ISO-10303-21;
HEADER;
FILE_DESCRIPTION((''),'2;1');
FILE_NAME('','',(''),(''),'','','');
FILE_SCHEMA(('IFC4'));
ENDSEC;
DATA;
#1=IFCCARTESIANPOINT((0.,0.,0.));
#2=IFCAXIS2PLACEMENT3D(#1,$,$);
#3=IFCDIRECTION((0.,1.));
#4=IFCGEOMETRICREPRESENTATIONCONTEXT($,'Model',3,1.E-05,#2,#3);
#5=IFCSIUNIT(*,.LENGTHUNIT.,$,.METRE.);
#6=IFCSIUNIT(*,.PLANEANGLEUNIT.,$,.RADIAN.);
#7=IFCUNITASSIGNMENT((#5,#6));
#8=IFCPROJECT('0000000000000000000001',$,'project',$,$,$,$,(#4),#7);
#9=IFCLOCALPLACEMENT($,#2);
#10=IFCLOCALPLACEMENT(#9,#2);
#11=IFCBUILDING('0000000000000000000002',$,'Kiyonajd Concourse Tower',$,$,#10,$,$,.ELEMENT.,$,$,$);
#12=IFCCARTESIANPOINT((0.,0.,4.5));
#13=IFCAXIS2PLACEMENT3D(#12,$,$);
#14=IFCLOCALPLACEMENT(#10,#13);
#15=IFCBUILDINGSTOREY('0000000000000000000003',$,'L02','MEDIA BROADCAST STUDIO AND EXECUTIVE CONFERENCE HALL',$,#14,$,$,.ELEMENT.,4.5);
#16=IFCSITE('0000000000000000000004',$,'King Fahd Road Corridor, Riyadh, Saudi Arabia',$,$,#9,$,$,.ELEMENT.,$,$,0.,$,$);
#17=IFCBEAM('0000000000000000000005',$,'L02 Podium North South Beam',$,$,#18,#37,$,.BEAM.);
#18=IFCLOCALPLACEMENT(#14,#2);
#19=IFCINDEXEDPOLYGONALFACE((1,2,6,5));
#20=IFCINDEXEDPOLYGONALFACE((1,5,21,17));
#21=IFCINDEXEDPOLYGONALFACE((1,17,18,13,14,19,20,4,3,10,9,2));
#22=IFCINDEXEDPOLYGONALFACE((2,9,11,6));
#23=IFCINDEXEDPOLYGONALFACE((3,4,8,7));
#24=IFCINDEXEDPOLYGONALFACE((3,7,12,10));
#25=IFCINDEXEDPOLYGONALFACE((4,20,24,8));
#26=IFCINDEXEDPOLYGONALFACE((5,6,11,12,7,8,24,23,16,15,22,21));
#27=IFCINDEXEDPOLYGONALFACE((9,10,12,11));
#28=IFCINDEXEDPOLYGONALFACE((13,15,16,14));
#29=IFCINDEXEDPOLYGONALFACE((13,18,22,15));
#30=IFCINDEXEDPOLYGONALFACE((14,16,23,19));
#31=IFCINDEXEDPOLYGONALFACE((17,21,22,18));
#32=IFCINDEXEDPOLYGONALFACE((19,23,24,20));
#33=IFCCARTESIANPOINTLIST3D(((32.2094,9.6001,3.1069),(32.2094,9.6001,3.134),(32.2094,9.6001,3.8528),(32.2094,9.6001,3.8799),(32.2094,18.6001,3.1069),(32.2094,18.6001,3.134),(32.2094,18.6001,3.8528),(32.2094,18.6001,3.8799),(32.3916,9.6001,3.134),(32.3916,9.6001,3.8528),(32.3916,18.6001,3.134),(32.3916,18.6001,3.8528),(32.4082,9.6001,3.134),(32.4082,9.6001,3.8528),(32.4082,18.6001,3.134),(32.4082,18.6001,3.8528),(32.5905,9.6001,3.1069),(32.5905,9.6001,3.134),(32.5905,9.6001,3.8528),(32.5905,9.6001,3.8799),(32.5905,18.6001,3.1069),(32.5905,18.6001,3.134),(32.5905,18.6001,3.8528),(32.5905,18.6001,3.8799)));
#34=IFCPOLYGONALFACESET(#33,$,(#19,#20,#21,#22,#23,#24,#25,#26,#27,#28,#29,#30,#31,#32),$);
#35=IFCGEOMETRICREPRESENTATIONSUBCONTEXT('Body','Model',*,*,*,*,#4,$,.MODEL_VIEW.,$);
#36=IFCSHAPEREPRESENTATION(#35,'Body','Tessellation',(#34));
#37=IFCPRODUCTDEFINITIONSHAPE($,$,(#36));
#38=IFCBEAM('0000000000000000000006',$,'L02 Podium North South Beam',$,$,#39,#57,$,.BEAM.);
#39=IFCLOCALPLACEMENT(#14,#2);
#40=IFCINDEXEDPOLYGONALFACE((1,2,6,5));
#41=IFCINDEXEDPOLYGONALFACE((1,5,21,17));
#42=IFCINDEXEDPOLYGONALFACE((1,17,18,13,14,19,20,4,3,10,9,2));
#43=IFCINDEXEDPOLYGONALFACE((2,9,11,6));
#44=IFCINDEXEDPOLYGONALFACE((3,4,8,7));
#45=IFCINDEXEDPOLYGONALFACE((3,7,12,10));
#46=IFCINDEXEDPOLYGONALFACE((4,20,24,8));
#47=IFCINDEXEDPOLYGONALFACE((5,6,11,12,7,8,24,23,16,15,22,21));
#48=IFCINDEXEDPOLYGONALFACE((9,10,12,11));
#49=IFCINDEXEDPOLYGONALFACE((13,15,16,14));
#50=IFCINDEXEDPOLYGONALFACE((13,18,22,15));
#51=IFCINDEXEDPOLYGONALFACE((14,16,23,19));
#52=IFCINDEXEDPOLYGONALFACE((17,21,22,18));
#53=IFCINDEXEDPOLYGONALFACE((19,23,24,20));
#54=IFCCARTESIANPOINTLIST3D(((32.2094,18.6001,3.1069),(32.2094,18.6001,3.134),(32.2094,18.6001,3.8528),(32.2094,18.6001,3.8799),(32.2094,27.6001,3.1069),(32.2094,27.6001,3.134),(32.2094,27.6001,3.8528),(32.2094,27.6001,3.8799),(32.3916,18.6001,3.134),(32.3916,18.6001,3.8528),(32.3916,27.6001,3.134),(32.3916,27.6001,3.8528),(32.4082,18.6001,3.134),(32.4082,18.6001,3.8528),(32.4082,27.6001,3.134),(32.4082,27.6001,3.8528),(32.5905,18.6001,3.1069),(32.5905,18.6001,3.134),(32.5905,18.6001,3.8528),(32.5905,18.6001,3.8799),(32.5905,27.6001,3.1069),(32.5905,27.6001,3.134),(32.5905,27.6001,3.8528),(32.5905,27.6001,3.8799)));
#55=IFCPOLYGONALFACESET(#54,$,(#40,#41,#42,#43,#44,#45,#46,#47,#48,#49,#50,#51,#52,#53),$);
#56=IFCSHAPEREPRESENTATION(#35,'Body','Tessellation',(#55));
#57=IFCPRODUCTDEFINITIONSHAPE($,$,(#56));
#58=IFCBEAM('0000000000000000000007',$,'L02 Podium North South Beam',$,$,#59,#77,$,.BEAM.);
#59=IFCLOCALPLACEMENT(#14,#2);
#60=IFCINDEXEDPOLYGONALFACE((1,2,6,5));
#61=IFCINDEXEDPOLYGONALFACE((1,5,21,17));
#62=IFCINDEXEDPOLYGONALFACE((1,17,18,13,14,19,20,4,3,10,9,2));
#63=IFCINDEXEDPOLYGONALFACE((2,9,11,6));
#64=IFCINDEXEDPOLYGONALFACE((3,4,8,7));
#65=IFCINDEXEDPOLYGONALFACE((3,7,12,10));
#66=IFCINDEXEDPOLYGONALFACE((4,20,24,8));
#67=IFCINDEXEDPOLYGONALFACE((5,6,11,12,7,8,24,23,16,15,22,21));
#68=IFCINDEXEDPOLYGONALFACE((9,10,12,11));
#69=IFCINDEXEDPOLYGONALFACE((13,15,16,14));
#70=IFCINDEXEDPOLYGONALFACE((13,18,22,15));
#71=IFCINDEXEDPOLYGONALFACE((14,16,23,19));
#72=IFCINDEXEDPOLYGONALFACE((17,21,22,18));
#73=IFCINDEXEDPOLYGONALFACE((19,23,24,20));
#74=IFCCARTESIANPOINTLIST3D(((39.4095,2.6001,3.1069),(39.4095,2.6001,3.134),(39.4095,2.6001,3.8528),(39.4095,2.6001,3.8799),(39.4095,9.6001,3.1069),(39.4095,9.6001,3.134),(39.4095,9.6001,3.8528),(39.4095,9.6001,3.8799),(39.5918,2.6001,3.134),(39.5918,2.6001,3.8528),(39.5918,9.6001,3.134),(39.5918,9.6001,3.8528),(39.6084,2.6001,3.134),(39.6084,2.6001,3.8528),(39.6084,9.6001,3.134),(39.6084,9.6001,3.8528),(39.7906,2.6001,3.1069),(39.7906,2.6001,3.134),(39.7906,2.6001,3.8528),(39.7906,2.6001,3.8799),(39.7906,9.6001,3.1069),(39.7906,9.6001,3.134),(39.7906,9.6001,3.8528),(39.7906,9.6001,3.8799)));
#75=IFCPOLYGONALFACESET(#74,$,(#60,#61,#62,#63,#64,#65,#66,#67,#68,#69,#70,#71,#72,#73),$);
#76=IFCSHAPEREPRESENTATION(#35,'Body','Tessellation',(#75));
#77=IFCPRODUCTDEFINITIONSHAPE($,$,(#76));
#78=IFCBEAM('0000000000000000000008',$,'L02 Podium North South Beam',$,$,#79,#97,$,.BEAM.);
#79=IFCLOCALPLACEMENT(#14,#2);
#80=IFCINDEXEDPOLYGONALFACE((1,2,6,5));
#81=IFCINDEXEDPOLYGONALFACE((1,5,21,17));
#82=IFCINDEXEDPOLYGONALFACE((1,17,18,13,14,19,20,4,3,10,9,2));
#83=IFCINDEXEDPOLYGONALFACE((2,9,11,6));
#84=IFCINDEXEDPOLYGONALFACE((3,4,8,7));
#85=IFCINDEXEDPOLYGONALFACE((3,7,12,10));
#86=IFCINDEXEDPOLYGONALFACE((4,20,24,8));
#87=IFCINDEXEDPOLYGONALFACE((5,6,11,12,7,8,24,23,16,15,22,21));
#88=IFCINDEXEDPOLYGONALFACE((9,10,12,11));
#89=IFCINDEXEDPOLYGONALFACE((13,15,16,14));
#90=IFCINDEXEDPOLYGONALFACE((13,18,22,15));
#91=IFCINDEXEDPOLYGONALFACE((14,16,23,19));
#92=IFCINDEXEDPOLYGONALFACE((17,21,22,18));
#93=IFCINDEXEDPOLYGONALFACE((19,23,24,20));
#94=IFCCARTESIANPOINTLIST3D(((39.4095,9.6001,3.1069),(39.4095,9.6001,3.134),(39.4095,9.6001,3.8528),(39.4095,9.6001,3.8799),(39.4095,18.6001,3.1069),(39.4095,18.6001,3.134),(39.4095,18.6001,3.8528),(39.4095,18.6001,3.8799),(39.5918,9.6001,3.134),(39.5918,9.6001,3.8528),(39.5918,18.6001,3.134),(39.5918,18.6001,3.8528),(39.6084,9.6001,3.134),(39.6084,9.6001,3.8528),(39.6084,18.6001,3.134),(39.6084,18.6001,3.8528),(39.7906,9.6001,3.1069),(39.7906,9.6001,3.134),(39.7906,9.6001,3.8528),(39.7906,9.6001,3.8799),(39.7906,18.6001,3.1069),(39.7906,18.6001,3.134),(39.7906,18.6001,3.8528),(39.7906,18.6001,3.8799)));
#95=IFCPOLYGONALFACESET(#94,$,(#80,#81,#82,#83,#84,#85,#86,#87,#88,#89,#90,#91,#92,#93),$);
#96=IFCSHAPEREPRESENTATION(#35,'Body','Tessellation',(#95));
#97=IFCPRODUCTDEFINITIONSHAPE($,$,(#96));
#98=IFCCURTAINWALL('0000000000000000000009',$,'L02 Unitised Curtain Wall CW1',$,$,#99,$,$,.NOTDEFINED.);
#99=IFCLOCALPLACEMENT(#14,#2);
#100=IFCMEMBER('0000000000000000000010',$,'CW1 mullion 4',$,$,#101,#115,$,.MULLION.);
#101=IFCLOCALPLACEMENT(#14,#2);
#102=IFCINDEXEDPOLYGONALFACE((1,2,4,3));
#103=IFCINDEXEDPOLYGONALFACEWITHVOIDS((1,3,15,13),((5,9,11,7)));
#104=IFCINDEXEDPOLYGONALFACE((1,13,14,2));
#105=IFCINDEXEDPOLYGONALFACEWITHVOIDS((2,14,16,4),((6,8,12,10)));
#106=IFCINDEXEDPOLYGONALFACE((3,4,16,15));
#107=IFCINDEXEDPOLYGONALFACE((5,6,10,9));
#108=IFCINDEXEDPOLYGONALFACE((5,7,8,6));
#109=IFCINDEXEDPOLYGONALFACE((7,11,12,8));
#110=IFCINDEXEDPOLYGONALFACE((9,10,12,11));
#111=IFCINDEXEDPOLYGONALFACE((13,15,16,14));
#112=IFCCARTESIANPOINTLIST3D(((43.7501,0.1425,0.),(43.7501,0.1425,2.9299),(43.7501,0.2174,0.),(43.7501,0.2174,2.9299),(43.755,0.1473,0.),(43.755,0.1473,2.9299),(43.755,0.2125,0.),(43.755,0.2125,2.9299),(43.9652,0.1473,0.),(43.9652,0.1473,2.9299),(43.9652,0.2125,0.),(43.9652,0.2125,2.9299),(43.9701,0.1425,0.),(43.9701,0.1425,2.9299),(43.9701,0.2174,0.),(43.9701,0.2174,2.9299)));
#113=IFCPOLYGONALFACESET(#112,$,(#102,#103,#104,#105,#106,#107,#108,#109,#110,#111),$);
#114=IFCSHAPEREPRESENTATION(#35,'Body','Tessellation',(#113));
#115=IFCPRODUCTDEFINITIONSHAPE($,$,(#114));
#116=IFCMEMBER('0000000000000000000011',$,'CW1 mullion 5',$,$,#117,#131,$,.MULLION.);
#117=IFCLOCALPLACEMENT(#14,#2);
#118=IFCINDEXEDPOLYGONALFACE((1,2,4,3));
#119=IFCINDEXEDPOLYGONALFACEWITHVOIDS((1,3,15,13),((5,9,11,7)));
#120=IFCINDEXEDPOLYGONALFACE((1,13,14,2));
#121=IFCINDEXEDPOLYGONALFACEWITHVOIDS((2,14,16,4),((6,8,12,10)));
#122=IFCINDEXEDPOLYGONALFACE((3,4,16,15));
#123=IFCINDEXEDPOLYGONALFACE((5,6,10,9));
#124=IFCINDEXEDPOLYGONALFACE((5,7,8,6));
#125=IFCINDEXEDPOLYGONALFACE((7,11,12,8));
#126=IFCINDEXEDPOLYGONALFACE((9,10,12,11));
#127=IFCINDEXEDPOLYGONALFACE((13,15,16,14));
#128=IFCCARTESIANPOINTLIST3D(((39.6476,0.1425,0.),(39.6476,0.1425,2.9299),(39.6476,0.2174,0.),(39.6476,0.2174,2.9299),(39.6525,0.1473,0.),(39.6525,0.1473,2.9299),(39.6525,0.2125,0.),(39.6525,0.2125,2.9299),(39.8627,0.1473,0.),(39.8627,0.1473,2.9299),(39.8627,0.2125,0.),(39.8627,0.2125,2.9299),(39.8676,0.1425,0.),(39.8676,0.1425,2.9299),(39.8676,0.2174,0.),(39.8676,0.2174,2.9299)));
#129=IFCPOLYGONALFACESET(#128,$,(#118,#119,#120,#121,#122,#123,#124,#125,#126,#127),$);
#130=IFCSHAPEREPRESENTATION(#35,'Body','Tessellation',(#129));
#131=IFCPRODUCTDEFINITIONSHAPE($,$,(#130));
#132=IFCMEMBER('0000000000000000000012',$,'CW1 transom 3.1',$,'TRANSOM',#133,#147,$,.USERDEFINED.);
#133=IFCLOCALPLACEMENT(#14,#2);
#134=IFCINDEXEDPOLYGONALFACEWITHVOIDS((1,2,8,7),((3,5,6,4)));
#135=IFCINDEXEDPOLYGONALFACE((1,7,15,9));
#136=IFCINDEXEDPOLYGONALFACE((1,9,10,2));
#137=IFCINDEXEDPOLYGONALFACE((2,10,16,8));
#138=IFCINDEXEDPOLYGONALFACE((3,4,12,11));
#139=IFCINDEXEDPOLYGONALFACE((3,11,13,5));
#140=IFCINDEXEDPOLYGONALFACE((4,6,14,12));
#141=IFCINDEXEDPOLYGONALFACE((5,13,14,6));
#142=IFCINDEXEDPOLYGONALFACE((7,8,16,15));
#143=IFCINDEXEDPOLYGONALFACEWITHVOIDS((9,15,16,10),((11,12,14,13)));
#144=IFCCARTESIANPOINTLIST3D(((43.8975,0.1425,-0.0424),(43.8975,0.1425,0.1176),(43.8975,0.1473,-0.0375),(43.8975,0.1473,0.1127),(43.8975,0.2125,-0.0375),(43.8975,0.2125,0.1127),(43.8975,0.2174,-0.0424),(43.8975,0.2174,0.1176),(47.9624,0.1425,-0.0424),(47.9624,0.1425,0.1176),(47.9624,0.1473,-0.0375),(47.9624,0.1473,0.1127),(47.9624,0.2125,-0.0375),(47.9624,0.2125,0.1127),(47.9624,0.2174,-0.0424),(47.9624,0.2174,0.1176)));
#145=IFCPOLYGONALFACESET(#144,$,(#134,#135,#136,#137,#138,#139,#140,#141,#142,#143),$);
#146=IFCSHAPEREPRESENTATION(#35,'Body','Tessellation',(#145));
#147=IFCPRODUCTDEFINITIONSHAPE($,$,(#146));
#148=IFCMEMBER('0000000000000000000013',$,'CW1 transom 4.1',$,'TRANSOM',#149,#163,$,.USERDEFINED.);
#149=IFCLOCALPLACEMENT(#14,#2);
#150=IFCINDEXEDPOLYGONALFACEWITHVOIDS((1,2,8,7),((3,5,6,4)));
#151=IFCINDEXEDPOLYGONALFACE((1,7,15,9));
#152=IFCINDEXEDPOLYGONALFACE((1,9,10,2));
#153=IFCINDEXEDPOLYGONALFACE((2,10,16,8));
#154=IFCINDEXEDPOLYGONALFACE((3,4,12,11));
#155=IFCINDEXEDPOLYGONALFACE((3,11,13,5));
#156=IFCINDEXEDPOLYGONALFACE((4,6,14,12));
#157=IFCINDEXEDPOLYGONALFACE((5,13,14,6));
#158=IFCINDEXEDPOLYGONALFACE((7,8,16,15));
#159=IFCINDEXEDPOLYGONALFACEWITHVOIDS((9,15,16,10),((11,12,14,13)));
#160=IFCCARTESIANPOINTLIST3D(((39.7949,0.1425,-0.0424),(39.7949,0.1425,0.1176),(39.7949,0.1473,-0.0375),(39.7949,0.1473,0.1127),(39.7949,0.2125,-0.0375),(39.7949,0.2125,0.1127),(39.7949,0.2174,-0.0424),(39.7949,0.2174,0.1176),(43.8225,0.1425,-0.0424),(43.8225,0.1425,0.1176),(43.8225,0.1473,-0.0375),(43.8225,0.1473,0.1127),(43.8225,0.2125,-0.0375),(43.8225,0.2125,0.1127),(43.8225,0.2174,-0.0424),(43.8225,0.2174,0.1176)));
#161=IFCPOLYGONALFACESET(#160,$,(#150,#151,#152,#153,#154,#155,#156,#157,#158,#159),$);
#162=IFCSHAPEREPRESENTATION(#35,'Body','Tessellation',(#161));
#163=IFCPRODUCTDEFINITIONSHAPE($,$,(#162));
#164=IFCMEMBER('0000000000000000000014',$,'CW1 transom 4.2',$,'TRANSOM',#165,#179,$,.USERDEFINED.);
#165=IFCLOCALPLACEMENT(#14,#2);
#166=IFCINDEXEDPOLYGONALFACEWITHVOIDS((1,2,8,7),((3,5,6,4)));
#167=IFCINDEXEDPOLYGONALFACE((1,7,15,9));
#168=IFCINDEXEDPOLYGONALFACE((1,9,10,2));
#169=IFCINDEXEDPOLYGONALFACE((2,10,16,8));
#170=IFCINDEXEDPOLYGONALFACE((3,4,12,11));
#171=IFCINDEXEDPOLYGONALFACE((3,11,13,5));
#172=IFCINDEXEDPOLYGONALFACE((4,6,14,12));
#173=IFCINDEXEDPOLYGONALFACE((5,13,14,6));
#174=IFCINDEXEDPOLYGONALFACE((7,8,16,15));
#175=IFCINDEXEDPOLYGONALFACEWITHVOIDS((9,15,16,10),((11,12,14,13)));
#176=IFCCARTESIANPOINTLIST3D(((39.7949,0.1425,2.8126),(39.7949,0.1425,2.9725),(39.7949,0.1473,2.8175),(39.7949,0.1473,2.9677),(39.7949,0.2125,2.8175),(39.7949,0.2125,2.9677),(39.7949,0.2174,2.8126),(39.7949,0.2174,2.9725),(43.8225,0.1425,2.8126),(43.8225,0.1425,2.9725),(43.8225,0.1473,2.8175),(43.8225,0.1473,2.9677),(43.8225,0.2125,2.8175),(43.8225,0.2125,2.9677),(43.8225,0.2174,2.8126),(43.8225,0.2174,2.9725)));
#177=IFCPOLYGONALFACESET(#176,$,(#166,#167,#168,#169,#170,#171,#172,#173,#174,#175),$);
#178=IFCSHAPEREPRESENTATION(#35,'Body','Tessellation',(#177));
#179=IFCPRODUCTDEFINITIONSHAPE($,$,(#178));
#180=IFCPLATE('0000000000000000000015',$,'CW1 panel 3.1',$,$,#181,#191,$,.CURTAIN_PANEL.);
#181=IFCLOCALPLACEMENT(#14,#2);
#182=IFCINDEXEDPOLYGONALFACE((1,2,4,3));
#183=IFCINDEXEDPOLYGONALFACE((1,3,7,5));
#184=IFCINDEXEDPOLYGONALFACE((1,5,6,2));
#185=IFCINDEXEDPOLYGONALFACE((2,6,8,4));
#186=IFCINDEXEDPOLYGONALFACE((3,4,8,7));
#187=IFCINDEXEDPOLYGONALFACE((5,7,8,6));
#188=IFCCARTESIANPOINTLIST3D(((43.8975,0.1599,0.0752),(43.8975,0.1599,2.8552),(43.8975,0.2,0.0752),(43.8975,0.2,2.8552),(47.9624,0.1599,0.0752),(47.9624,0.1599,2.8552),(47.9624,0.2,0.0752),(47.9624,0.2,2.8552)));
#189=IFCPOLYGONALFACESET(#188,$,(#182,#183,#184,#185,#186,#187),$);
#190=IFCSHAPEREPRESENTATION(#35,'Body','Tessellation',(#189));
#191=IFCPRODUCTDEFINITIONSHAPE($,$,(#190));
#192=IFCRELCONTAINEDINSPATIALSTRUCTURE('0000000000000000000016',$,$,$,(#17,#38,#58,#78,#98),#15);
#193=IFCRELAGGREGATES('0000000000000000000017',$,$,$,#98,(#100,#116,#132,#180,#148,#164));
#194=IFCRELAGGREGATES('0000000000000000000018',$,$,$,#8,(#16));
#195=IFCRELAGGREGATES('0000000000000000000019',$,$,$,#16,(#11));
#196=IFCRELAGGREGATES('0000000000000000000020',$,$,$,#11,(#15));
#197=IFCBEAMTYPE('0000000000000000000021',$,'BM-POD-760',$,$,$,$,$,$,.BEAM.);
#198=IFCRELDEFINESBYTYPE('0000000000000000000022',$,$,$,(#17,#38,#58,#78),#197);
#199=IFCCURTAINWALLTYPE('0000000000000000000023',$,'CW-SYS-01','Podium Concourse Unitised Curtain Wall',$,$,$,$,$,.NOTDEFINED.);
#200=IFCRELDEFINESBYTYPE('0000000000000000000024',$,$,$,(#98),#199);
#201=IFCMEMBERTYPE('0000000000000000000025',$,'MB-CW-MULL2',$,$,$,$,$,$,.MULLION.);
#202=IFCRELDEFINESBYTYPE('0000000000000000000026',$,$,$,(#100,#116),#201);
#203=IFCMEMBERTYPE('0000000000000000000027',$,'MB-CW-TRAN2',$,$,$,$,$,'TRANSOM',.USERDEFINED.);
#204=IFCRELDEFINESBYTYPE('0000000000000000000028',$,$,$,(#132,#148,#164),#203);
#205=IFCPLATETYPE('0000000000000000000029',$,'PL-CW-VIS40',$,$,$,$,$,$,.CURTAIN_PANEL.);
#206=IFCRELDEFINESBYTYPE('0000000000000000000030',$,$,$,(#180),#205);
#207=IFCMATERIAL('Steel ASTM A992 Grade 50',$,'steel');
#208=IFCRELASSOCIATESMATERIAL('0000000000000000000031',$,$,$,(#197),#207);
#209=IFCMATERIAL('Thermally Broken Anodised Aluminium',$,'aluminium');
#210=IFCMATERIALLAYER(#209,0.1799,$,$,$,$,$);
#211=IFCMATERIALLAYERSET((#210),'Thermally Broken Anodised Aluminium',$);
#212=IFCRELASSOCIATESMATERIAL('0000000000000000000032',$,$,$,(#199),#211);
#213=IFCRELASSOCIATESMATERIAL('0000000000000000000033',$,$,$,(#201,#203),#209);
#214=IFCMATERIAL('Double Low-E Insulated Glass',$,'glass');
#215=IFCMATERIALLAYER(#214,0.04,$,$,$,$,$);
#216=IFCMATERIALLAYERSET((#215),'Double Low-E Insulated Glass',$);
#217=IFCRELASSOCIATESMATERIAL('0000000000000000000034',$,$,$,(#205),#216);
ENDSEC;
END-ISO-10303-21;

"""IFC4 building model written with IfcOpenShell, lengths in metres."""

from ifc_helpers import new_model, si_unit, direction, frame, origin, origin_2d, place, context, subcontext, project, spatial, rectangle, hollow_rectangle, i_section, extrude, material, layer, layer_set, material_profile, profile_set, type_object, element, aggregate, save


model = new_model("IFC4")

# Units and contexts
model_context = context("Model", 3, precision=1e-05, world=origin(), true_north=direction((0.0, 1.0)))
body_context = subcontext(model_context, "Body", "Model", "MODEL_VIEW")
ifc_project = project(units=[si_unit("LENGTHUNIT", "METRE"), si_unit("PLANEANGLEUNIT", "RADIAN")], contexts=[model_context])

# Site, building, storey
site_placement = place(None, origin())
site = spatial("IfcSite", under=ifc_project, at=site_placement, Name="King Fahd Road Corridor, Riyadh, Saudi Arabia", CompositionType="ELEMENT", RefElevation=0.0)
building_placement = place(site_placement, origin())
building = spatial("IfcBuilding", under=site, at=building_placement, Name="Kiyonajd Concourse Tower", CompositionType="ELEMENT")
storey_placement = place(building_placement, frame((0.0, 0.0, 4.5)))
storey = spatial("IfcBuildingStorey", under=building, at=storey_placement, Name="L02", Description="MEDIA BROADCAST STUDIO AND EXECUTIVE CONFERENCE HALL", CompositionType="ELEMENT", Elevation=4.5)

# Beams
ifc_material_1 = material(Name="Steel ASTM A992 Grade 50", Category="steel")
ifc_material_profile_1 = material_profile(ifc_material_1, i_section(OverallWidth=0.3811, OverallDepth=0.7729, WebThickness=0.0166, FlangeThickness=0.0271, at=origin_2d()), Name="W760X257")
ifc_profile_set_1 = profile_set([ifc_material_profile_1], Name="Steel ASTM A992 Grade 50")
beam_type_1 = type_object("IfcBeamType", Name="BM-POD-760", PredefinedType="BEAM", material=ifc_profile_set_1)
for number, where, z_axis, x_axis, name in (
    (1, (32.3999, 9.6001, 3.4934), (0.0, 1.0, 0.0), (-1.0, 0.0, 0.0), "L02 Podium North South Beam"),
    (2, (32.3999, 18.6001, 3.4934), (0.0, 1.0, 0.0), (-1.0, 0.0, 0.0), "L02 Podium North South Beam"),
):
    element("IfcBeam", number, at=place(storey_placement, frame(where, z_axis=z_axis, x_axis=x_axis)), inside=storey, type_object=beam_type_1, Name=name, PredefinedType="BEAM", context=body_context, shape_type="SweptSolid", body=[
        extrude(i_section(OverallWidth=0.3811, OverallDepth=0.7729, WebThickness=0.0166, FlangeThickness=0.0271, at=origin_2d()), origin(), (0.0, 0.0, 1.0), 9.0),
    ])
beam_1_placement = place(storey_placement, frame((39.6001, 2.6001, 3.4934), z_axis=(0.0, 1.0, 0.0), x_axis=(-1.0, 0.0, 0.0)))
element("IfcBeam", 3, at=beam_1_placement, inside=storey, type_object=beam_type_1, Name="L02 Podium North South Beam", PredefinedType="BEAM", context=body_context, shape_type="SweptSolid", body=[
    extrude(i_section(OverallWidth=0.3811, OverallDepth=0.7729, WebThickness=0.0166, FlangeThickness=0.0271, at=origin_2d()), origin(), (0.0, 0.0, 1.0), 7.0),
])
beam_2_placement = place(storey_placement, frame((39.6001, 9.6001, 3.4934), z_axis=(0.0, 1.0, 0.0), x_axis=(-1.0, 0.0, 0.0)))
element("IfcBeam", 4, at=beam_2_placement, inside=storey, type_object=beam_type_1, Name="L02 Podium North South Beam", PredefinedType="BEAM", context=body_context, shape_type="SweptSolid", body=[
    extrude(i_section(OverallWidth=0.3811, OverallDepth=0.7729, WebThickness=0.0166, FlangeThickness=0.0271, at=origin_2d()), origin(), (0.0, 0.0, 1.0), 9.0),
])

# Curtain wall, members, plate
ifc_material_2 = material(Name="Thermally Broken Anodised Aluminium", Category="aluminium")
ifc_layer_1 = layer(ifc_material_2, 0.1799)
ifc_layer_set_1 = layer_set([ifc_layer_1], Name="Thermally Broken Anodised Aluminium")
curtain_wall_type = type_object("IfcCurtainWallType", Name="CW-SYS-01", Description="Podium Concourse Unitised Curtain Wall", PredefinedType="NOTDEFINED", material=ifc_layer_set_1)
curtain_wall_placement = place(storey_placement, origin())
curtain_wall = element("IfcCurtainWall", 5, at=curtain_wall_placement, inside=storey, type_object=curtain_wall_type, Name="L02 Unitised Curtain Wall CW1", PredefinedType="NOTDEFINED")
ifc_material_profile_2 = material_profile(ifc_material_2, hollow_rectangle(XDim=0.075, YDim=0.22, WallThickness=0.0049, at=origin_2d()), Name="MULL-75x220")
ifc_profile_set_2 = profile_set([ifc_material_profile_2], Name="Thermally Broken Anodised Aluminium")
member_type_1 = type_object("IfcMemberType", Name="MB-CW-MULL2", PredefinedType="MULLION", material=ifc_profile_set_2)
member_1_placement = place(storey_placement, frame((43.8601, 0.1799, 0.0), z_axis=(0.0, 0.0, 1.0), x_axis=(0.0, -1.0, 0.0)))
member_1 = element("IfcMember", 6, at=member_1_placement, type_object=member_type_1, Name="CW1 mullion 4", PredefinedType="MULLION", context=body_context, shape_type="SweptSolid", body=[
    extrude(hollow_rectangle(XDim=0.075, YDim=0.22, WallThickness=0.0049, at=origin_2d()), origin(), (0.0, 0.0, 1.0), 2.9299),
])
member_2_placement = place(storey_placement, frame((39.7576, 0.1799, 0.0), z_axis=(0.0, 0.0, 1.0), x_axis=(0.0, -1.0, 0.0)))
member_2 = element("IfcMember", 7, at=member_2_placement, type_object=member_type_1, Name="CW1 mullion 5", PredefinedType="MULLION", context=body_context, shape_type="SweptSolid", body=[
    extrude(hollow_rectangle(XDim=0.075, YDim=0.22, WallThickness=0.0049, at=origin_2d()), origin(), (0.0, 0.0, 1.0), 2.9299),
])
ifc_material_profile_3 = material_profile(ifc_material_2, hollow_rectangle(XDim=0.075, YDim=0.1599, WallThickness=0.0049, at=origin_2d()), Name="TRAN-75x160")
ifc_profile_set_3 = profile_set([ifc_material_profile_3], Name="Thermally Broken Anodised Aluminium")
member_type_2 = type_object("IfcMemberType", Name="MB-CW-TRAN2", ElementType="TRANSOM", PredefinedType="USERDEFINED", material=ifc_profile_set_3)
member_3_placement = place(storey_placement, frame((47.9624, 0.1799, 0.0376), z_axis=(-1.0, 0.0, 0.0), x_axis=(0.0, -1.0, 0.0)))
member_3 = element("IfcMember", 8, at=member_3_placement, type_object=member_type_2, Name="CW1 transom 3.1", ObjectType="TRANSOM", PredefinedType="USERDEFINED", context=body_context, shape_type="SweptSolid", body=[
    extrude(hollow_rectangle(XDim=0.075, YDim=0.1599, WallThickness=0.0049, at=origin_2d()), origin(), (0.0, 0.0, 1.0), 4.0649),
])
member_4_placement = place(storey_placement, frame((43.8225, 0.1799, 0.0376), z_axis=(-1.0, 0.0, 0.0), x_axis=(0.0, -1.0, 0.0)))
member_4 = element("IfcMember", 9, at=member_4_placement, type_object=member_type_2, Name="CW1 transom 4.1", ObjectType="TRANSOM", PredefinedType="USERDEFINED", context=body_context, shape_type="SweptSolid", body=[
    extrude(hollow_rectangle(XDim=0.075, YDim=0.1599, WallThickness=0.0049, at=origin_2d()), origin(), (0.0, 0.0, 1.0), 4.0276),
])
member_5_placement = place(storey_placement, frame((43.8225, 0.1799, 2.8926), z_axis=(-1.0, 0.0, 0.0), x_axis=(0.0, -1.0, 0.0)))
member_5 = element("IfcMember", 10, at=member_5_placement, type_object=member_type_2, Name="CW1 transom 4.2", ObjectType="TRANSOM", PredefinedType="USERDEFINED", context=body_context, shape_type="SweptSolid", body=[
    extrude(hollow_rectangle(XDim=0.075, YDim=0.1599, WallThickness=0.0049, at=origin_2d()), origin(), (0.0, 0.0, 1.0), 4.0276),
])
ifc_material_3 = material(Name="Double Low-E Insulated Glass", Category="glass")
ifc_layer_2 = layer(ifc_material_3, 0.04)
ifc_layer_set_2 = layer_set([ifc_layer_2], Name="Double Low-E Insulated Glass")
plate_type = type_object("IfcPlateType", Name="PL-CW-VIS40", PredefinedType="CURTAIN_PANEL", material=ifc_layer_set_2)
plate_1_placement = place(storey_placement, frame((45.9299, 0.1799, 0.0752), z_axis=(0.0, 0.0, 1.0), x_axis=(-1.0, 0.0, 0.0)))
plate_1 = element("IfcPlate", 11, at=plate_1_placement, type_object=plate_type, Name="CW1 panel 3.1", PredefinedType="CURTAIN_PANEL", context=body_context, shape_type="SweptSolid", body=[
    extrude(rectangle(XDim=4.0649, YDim=0.04, at=origin_2d()), origin(), (0.0, 0.0, 1.0), 2.78),
])
aggregate(curtain_wall, [member_1, member_2, member_3, plate_1, member_4, member_5])

save(model, "model.ifc")
